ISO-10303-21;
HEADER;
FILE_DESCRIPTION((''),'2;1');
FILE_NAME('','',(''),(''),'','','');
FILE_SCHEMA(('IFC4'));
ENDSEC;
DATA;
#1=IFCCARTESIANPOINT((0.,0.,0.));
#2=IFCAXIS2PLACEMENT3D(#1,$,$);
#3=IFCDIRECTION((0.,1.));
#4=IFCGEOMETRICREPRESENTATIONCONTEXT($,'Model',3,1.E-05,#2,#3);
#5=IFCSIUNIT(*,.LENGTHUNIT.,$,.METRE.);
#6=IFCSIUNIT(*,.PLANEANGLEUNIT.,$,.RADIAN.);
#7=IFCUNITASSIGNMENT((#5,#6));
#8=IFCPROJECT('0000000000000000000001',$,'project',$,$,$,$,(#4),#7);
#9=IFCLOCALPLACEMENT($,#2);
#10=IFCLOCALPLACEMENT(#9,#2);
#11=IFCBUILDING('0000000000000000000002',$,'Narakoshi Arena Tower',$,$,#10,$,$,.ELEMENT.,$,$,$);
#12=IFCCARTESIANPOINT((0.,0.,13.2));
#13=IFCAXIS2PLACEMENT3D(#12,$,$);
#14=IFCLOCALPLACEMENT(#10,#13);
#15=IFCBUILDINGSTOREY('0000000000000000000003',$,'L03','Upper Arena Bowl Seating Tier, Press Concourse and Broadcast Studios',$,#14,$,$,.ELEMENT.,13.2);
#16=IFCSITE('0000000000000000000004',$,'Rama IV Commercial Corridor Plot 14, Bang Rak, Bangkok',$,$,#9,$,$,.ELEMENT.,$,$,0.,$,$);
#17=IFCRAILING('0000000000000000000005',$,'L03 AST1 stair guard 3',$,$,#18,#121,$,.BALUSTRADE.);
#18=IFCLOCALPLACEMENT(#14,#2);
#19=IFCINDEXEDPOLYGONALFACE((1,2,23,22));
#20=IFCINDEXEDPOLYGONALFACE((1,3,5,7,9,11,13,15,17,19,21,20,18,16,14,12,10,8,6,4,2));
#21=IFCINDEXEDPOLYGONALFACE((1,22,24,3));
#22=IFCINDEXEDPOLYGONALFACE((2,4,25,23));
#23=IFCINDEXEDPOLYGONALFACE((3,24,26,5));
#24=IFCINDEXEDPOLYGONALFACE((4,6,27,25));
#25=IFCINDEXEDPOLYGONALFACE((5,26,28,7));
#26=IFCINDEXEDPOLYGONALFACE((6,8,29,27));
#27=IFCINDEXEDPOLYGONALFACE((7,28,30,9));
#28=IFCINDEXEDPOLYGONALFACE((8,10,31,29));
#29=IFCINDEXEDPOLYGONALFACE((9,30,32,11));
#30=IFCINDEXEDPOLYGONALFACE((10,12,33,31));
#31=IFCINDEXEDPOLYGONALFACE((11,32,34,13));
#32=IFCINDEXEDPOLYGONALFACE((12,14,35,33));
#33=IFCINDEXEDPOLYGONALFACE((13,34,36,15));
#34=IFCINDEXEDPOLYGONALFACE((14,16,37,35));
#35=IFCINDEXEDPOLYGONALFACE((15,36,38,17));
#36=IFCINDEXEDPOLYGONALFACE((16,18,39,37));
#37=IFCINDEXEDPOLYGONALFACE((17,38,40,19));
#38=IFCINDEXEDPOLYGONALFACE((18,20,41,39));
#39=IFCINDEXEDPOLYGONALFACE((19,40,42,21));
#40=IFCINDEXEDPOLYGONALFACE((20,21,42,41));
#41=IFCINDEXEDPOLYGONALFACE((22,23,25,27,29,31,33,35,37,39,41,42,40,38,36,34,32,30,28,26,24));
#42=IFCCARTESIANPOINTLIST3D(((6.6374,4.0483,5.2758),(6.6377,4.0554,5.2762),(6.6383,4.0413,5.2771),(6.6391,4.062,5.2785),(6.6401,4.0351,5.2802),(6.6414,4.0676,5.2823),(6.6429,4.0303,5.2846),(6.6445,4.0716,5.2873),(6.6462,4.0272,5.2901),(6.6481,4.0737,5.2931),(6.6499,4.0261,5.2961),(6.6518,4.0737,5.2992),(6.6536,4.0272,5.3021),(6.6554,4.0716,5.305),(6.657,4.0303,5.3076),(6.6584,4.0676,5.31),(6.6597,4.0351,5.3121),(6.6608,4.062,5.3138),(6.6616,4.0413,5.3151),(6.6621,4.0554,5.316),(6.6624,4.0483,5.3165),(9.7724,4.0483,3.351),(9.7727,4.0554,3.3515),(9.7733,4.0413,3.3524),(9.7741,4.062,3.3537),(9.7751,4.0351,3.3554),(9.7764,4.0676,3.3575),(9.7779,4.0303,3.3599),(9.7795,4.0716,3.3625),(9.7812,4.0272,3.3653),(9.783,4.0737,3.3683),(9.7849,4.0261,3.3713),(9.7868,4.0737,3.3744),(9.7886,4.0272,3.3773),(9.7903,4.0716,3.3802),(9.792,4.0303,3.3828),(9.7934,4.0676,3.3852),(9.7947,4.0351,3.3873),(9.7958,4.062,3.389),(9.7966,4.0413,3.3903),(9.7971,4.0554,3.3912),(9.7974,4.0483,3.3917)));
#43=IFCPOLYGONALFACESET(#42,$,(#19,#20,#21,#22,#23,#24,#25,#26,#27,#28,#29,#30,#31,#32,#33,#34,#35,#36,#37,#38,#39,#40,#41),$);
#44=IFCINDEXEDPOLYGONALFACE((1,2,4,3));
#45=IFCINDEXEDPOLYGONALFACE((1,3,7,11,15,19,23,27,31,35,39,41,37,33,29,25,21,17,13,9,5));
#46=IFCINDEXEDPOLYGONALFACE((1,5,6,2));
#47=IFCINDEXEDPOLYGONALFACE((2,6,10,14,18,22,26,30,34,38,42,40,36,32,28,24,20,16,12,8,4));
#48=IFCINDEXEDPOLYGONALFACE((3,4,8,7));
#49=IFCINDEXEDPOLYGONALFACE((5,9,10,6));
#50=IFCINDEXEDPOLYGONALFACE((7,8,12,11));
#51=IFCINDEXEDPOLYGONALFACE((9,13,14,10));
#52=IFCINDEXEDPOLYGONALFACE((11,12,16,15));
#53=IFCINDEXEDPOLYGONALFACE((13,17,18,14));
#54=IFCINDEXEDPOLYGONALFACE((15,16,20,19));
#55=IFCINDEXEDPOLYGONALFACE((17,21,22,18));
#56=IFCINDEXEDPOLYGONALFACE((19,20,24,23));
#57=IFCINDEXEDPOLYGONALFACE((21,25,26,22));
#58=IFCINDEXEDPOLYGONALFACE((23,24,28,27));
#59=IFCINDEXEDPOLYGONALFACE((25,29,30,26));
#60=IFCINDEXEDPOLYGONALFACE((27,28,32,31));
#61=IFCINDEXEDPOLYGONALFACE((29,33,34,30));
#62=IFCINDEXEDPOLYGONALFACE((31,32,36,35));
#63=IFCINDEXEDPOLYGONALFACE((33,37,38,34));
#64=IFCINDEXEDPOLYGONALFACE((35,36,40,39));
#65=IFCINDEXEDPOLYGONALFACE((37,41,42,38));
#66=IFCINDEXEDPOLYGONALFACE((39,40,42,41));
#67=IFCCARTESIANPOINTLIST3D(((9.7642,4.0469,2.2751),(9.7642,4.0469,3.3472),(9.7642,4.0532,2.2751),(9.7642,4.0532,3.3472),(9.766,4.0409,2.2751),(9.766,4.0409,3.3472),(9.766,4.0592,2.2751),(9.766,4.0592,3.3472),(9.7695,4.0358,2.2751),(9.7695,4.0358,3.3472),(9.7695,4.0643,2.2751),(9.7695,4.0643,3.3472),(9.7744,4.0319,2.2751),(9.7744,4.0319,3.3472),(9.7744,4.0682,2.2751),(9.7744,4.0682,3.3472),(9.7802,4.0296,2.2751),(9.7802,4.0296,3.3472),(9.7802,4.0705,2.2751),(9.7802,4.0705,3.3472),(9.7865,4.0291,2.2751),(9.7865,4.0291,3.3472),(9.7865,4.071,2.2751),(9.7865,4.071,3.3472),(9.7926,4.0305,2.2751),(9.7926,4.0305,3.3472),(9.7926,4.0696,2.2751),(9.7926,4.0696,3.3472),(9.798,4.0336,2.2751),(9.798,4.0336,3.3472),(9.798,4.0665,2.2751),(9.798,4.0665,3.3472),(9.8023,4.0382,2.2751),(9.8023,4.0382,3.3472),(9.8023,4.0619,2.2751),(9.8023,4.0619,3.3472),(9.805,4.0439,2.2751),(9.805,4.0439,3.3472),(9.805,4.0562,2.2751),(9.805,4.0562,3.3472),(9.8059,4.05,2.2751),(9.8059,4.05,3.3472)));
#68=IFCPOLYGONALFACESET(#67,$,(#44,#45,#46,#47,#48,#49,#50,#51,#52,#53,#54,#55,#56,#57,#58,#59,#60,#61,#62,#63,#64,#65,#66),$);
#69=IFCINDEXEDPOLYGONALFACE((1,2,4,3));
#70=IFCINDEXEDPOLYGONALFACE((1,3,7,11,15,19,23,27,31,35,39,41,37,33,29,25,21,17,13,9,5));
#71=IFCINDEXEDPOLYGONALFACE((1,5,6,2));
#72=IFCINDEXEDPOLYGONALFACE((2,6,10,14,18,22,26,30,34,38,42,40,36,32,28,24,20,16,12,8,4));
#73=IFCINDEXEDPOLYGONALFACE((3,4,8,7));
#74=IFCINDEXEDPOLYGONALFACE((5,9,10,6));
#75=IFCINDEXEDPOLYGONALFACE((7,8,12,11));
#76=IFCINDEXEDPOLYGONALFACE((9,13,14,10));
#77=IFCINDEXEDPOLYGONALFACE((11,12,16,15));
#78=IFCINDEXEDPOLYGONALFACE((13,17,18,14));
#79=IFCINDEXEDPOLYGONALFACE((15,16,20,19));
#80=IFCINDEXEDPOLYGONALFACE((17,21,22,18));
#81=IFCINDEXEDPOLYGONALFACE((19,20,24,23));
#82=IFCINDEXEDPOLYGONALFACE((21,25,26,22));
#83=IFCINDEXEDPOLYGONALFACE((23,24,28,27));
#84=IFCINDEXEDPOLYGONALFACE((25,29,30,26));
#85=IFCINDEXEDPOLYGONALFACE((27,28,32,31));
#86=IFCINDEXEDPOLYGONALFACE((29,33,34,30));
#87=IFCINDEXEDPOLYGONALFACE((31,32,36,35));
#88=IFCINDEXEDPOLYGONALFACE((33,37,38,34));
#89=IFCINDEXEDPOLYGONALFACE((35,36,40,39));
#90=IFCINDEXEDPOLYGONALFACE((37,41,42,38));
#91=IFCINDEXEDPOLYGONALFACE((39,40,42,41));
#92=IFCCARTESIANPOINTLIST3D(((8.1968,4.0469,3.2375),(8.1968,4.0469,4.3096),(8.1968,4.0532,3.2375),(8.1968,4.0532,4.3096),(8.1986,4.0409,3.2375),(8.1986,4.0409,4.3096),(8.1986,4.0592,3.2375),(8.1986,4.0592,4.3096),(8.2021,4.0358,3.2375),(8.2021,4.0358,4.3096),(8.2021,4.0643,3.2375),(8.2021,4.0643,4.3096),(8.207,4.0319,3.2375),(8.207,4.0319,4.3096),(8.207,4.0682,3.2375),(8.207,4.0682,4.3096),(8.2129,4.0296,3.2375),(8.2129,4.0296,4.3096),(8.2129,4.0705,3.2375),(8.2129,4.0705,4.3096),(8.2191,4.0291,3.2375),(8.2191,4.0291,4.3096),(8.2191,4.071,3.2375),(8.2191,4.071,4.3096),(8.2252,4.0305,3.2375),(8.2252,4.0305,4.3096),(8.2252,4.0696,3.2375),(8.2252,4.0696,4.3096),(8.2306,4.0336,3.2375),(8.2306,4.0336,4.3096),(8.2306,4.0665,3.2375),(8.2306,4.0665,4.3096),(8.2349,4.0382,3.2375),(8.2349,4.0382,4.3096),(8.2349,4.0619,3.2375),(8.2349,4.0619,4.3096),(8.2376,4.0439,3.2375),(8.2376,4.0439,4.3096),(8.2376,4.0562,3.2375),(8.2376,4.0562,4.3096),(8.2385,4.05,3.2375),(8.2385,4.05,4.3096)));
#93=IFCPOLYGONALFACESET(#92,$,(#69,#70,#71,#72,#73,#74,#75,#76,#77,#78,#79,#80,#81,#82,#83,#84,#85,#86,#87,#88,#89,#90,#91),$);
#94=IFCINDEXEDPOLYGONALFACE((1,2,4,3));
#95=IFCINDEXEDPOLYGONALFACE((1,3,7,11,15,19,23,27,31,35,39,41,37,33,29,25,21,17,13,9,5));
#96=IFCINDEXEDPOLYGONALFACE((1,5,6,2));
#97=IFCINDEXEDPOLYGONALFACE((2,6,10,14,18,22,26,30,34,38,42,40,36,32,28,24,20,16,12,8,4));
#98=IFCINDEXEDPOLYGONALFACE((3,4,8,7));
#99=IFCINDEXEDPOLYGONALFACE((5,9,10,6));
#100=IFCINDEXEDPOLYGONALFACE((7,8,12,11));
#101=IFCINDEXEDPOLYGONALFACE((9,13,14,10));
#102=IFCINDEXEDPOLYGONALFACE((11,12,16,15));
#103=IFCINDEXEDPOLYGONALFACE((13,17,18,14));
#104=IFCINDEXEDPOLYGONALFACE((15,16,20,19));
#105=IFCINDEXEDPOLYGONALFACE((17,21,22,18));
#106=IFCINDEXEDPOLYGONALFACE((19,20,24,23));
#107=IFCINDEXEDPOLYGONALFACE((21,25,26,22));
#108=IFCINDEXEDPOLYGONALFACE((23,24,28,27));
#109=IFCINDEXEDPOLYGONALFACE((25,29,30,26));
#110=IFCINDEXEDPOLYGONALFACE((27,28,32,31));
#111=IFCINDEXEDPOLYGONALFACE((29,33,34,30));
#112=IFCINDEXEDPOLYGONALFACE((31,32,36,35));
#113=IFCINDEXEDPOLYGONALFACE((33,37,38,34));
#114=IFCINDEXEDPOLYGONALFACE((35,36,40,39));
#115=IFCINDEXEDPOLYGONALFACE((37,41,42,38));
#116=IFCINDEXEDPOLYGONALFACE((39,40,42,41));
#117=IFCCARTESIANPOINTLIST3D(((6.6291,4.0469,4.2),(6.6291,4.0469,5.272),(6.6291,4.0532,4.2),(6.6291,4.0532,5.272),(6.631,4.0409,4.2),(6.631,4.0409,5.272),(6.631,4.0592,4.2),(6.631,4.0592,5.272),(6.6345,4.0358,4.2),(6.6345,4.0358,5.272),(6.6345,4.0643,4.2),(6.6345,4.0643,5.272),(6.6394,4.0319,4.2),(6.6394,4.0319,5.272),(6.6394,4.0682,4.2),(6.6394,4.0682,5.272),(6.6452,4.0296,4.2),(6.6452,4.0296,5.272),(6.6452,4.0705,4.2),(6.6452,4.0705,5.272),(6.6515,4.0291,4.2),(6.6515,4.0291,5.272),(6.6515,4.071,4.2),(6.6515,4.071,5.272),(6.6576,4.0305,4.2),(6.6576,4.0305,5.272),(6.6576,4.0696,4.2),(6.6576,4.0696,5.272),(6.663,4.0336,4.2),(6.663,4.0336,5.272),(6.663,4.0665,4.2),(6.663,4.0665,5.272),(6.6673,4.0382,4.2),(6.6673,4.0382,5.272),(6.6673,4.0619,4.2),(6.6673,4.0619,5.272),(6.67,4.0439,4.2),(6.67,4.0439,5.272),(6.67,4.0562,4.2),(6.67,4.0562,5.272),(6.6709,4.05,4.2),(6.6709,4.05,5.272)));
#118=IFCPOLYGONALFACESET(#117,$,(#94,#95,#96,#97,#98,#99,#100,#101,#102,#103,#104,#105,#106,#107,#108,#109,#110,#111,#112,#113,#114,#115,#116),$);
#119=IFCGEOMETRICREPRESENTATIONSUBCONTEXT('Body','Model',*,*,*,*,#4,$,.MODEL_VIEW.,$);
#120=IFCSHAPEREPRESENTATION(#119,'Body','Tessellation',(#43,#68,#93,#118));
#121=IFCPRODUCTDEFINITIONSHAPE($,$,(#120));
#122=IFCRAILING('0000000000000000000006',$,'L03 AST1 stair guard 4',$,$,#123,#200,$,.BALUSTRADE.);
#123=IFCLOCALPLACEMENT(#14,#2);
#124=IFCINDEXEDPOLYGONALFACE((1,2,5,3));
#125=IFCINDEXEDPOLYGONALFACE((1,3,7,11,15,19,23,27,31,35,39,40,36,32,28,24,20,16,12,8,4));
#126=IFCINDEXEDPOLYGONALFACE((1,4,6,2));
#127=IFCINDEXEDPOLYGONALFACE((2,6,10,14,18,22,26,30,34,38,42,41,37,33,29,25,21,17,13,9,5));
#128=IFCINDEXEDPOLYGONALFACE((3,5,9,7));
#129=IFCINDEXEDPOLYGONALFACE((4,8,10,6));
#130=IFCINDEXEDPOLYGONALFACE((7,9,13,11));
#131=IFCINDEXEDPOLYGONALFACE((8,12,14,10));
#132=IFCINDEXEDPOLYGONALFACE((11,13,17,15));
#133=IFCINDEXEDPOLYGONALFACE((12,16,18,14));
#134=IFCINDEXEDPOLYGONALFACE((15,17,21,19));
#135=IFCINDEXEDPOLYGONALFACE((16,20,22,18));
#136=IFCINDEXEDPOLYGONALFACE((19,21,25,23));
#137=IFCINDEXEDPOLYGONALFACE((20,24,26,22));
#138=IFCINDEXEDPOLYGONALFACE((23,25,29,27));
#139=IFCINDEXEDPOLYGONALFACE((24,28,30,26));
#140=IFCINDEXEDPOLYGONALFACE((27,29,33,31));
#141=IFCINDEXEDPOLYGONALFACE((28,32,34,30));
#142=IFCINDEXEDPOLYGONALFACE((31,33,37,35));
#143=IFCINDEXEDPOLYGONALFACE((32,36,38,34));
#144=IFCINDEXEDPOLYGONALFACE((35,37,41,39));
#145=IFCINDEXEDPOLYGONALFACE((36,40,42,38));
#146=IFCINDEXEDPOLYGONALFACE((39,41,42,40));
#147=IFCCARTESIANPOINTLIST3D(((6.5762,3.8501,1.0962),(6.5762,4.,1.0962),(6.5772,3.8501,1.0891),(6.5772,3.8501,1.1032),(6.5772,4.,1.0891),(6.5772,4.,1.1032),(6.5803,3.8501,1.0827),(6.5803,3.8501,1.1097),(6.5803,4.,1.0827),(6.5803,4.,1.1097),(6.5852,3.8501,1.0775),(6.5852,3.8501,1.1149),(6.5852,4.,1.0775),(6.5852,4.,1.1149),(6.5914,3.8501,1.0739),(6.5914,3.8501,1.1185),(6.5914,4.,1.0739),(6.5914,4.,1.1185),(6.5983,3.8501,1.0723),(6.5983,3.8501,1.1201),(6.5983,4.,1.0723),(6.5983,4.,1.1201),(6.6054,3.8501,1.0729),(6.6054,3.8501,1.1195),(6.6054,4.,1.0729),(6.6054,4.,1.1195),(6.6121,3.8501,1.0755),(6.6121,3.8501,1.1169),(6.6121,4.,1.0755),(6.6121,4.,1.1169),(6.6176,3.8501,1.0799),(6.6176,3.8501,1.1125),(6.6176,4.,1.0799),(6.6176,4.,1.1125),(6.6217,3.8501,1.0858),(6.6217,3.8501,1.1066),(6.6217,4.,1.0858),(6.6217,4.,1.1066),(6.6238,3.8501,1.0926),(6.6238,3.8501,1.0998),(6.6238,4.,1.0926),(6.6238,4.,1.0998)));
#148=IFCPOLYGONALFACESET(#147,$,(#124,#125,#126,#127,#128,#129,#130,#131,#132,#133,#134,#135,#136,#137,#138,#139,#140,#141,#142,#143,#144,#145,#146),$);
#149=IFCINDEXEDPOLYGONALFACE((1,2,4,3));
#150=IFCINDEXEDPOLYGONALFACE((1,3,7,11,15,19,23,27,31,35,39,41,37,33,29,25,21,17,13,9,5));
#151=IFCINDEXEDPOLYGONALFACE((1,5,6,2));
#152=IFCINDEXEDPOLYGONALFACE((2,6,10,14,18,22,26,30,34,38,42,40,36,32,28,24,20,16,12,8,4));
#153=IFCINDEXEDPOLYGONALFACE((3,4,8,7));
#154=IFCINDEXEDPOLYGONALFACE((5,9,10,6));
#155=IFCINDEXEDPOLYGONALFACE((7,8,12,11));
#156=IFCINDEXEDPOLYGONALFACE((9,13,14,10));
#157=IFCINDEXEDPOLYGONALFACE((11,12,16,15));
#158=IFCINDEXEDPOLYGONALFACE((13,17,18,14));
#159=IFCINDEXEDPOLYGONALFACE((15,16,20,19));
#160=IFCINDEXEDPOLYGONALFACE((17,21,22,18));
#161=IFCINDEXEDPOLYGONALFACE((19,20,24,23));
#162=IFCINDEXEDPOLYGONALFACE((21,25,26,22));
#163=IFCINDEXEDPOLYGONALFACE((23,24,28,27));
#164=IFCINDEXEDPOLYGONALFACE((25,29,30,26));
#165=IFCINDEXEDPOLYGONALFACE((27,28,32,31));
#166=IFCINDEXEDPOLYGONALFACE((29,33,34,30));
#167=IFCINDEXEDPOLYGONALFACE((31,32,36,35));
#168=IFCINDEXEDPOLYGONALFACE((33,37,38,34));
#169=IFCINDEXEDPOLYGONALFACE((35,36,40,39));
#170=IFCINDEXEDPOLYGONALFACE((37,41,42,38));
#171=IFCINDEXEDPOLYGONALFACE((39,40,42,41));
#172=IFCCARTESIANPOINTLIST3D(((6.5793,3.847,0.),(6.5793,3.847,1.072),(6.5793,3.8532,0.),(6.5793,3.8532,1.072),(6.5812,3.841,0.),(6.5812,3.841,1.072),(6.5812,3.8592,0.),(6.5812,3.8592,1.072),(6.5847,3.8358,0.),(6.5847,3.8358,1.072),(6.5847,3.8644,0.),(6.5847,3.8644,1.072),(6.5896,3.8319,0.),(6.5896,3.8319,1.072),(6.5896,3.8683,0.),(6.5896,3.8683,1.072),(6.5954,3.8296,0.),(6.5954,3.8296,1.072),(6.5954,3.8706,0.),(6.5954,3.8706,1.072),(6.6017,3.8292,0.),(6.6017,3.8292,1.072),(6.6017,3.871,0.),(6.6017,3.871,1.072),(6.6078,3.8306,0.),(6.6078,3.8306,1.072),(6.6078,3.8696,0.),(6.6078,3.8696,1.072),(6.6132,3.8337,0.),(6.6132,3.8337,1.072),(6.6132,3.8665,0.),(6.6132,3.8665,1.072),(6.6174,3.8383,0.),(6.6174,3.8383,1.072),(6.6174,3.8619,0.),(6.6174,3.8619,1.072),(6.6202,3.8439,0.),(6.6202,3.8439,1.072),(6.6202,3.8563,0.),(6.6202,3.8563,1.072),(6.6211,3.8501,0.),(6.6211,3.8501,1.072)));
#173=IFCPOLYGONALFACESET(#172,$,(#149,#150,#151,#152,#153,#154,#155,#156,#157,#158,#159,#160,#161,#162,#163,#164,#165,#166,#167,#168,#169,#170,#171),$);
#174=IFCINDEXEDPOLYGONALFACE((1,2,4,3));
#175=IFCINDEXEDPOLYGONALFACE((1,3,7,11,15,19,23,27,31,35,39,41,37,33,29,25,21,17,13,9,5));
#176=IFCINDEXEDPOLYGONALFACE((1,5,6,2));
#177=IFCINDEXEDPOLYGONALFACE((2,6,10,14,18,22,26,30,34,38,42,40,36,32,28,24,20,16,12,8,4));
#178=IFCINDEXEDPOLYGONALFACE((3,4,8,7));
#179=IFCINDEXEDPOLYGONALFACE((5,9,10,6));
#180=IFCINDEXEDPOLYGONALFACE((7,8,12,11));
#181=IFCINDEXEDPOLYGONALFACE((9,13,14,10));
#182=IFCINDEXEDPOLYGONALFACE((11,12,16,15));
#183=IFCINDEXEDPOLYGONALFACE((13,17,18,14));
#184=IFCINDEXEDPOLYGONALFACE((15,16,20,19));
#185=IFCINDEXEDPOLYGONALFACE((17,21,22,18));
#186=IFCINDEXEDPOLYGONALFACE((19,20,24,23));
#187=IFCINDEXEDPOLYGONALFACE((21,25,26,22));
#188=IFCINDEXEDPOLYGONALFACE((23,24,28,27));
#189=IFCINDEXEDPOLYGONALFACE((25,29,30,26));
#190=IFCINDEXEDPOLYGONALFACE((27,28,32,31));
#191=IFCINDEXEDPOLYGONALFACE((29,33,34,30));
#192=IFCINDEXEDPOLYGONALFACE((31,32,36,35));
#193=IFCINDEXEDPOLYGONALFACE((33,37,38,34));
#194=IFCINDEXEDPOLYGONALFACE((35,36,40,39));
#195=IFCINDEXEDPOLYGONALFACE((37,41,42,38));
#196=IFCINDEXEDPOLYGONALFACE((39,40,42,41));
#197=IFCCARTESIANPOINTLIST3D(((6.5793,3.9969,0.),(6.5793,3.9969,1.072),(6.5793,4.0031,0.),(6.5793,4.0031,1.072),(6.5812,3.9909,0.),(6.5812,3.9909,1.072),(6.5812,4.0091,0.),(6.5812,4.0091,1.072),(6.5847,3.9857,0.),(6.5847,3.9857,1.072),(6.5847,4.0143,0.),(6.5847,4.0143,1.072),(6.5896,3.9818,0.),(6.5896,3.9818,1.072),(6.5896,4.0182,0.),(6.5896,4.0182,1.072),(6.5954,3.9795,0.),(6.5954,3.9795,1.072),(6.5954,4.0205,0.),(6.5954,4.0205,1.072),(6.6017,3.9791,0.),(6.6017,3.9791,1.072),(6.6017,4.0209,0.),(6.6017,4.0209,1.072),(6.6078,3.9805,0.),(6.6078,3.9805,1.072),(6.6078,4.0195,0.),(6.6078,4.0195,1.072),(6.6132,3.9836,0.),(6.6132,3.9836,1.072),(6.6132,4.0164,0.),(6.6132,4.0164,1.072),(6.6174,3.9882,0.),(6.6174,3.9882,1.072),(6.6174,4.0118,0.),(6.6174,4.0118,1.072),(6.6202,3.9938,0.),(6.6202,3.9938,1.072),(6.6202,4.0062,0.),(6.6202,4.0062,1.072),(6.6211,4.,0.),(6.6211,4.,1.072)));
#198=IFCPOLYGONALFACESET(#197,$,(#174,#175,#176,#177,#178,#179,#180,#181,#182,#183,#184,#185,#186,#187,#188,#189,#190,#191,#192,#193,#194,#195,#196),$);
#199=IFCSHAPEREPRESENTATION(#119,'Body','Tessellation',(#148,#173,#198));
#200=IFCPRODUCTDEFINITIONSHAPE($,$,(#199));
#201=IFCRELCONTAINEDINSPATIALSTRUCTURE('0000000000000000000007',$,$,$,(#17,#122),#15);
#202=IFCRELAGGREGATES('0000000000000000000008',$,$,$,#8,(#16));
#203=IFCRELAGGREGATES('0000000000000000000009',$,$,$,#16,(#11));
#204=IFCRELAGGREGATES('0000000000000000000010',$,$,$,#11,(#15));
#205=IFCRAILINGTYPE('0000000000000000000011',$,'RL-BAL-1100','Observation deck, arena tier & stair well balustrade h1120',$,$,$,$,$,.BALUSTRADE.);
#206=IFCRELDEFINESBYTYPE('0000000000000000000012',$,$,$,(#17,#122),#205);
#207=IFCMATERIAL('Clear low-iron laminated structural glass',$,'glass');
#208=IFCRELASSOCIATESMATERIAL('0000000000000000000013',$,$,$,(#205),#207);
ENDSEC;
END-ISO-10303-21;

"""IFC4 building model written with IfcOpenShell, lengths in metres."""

from ifc_helpers import new_model, si_unit, direction, frame, origin, origin_2d, place, context, subcontext, project, spatial, circle, extrude, material, type_object, element, save


model = new_model("IFC4")

# Units and contexts
model_context = context("Model", 3, precision=1e-05, world=origin(), true_north=direction((0.0, 1.0)))
body_context = subcontext(model_context, "Body", "Model", "MODEL_VIEW")
ifc_project = project(units=[si_unit("LENGTHUNIT", "METRE"), si_unit("PLANEANGLEUNIT", "RADIAN")], contexts=[model_context])

# Site, building, storey
site_placement = place(None, origin())
site = spatial("IfcSite", under=ifc_project, at=site_placement, Name="Rama IV Commercial Corridor Plot 14, Bang Rak, Bangkok", CompositionType="ELEMENT", RefElevation=0.0)
building_placement = place(site_placement, origin())
building = spatial("IfcBuilding", under=site, at=building_placement, Name="Narakoshi Arena Tower", CompositionType="ELEMENT")
storey_placement = place(building_placement, frame((0.0, 0.0, 13.2)))
storey = spatial("IfcBuildingStorey", under=building, at=storey_placement, Name="L03", Description="Upper Arena Bowl Seating Tier, Press Concourse and Broadcast Studios", CompositionType="ELEMENT", Elevation=13.2)

# Railings
ifc_material_1 = material(Name="Clear low-iron laminated structural glass", Category="glass")
railing_type_1 = type_object("IfcRailingType", Name="RL-BAL-1100", Description="Observation deck, arena tier & stair well balustrade h1120", PredefinedType="BALUSTRADE", material=ifc_material_1)
railing_1_placement = place(storey_placement, frame((9.7849, 4.05, 2.2751)))
element("IfcRailing", 1, at=railing_1_placement, inside=storey, type_object=railing_type_1, Name="L03 AST1 stair guard 3", PredefinedType="BALUSTRADE", context=body_context, shape_type="SweptSolid", body=[
    extrude(circle(Radius=0.0239, at=origin_2d()), frame((0.0, 0.0, 1.0962), z_axis=(-0.852196, 0.0, 0.523223), x_axis=(0.0, -1.0, 0.0)), (0.0, 0.0, 1.0), 3.6787),
    extrude(circle(Radius=0.021, at=origin_2d()), origin(), (0.0, 0.0, 1.0), 1.072),
    extrude(circle(Radius=0.021, at=origin_2d()), frame((-1.5674, 0.0, 0.9624)), (0.0, 0.0, 1.0), 1.072),
    extrude(circle(Radius=0.021, at=origin_2d()), frame((-3.135, 0.0, 1.9248)), (0.0, 0.0, 1.0), 1.072),
])
railing_2_placement = place(storey_placement, frame((6.6001, 3.8501, 0.0)))
element("IfcRailing", 2, at=railing_2_placement, inside=storey, type_object=railing_type_1, Name="L03 AST1 stair guard 4", PredefinedType="BALUSTRADE", context=body_context, shape_type="SweptSolid", body=[
    extrude(circle(Radius=0.0239, at=origin_2d()), frame((0.0, 0.0, 1.0962), z_axis=(0.0, 1.0, 0.0), x_axis=(-1.0, 0.0, 0.0)), (0.0, 0.0, 1.0), 0.1499),
    extrude(circle(Radius=0.021, at=origin_2d()), origin(), (0.0, 0.0, 1.0), 1.072),
    extrude(circle(Radius=0.021, at=origin_2d()), frame((0.0, 0.1499, 0.0)), (0.0, 0.0, 1.0), 1.072),
])

save(model, "model.ifc")
